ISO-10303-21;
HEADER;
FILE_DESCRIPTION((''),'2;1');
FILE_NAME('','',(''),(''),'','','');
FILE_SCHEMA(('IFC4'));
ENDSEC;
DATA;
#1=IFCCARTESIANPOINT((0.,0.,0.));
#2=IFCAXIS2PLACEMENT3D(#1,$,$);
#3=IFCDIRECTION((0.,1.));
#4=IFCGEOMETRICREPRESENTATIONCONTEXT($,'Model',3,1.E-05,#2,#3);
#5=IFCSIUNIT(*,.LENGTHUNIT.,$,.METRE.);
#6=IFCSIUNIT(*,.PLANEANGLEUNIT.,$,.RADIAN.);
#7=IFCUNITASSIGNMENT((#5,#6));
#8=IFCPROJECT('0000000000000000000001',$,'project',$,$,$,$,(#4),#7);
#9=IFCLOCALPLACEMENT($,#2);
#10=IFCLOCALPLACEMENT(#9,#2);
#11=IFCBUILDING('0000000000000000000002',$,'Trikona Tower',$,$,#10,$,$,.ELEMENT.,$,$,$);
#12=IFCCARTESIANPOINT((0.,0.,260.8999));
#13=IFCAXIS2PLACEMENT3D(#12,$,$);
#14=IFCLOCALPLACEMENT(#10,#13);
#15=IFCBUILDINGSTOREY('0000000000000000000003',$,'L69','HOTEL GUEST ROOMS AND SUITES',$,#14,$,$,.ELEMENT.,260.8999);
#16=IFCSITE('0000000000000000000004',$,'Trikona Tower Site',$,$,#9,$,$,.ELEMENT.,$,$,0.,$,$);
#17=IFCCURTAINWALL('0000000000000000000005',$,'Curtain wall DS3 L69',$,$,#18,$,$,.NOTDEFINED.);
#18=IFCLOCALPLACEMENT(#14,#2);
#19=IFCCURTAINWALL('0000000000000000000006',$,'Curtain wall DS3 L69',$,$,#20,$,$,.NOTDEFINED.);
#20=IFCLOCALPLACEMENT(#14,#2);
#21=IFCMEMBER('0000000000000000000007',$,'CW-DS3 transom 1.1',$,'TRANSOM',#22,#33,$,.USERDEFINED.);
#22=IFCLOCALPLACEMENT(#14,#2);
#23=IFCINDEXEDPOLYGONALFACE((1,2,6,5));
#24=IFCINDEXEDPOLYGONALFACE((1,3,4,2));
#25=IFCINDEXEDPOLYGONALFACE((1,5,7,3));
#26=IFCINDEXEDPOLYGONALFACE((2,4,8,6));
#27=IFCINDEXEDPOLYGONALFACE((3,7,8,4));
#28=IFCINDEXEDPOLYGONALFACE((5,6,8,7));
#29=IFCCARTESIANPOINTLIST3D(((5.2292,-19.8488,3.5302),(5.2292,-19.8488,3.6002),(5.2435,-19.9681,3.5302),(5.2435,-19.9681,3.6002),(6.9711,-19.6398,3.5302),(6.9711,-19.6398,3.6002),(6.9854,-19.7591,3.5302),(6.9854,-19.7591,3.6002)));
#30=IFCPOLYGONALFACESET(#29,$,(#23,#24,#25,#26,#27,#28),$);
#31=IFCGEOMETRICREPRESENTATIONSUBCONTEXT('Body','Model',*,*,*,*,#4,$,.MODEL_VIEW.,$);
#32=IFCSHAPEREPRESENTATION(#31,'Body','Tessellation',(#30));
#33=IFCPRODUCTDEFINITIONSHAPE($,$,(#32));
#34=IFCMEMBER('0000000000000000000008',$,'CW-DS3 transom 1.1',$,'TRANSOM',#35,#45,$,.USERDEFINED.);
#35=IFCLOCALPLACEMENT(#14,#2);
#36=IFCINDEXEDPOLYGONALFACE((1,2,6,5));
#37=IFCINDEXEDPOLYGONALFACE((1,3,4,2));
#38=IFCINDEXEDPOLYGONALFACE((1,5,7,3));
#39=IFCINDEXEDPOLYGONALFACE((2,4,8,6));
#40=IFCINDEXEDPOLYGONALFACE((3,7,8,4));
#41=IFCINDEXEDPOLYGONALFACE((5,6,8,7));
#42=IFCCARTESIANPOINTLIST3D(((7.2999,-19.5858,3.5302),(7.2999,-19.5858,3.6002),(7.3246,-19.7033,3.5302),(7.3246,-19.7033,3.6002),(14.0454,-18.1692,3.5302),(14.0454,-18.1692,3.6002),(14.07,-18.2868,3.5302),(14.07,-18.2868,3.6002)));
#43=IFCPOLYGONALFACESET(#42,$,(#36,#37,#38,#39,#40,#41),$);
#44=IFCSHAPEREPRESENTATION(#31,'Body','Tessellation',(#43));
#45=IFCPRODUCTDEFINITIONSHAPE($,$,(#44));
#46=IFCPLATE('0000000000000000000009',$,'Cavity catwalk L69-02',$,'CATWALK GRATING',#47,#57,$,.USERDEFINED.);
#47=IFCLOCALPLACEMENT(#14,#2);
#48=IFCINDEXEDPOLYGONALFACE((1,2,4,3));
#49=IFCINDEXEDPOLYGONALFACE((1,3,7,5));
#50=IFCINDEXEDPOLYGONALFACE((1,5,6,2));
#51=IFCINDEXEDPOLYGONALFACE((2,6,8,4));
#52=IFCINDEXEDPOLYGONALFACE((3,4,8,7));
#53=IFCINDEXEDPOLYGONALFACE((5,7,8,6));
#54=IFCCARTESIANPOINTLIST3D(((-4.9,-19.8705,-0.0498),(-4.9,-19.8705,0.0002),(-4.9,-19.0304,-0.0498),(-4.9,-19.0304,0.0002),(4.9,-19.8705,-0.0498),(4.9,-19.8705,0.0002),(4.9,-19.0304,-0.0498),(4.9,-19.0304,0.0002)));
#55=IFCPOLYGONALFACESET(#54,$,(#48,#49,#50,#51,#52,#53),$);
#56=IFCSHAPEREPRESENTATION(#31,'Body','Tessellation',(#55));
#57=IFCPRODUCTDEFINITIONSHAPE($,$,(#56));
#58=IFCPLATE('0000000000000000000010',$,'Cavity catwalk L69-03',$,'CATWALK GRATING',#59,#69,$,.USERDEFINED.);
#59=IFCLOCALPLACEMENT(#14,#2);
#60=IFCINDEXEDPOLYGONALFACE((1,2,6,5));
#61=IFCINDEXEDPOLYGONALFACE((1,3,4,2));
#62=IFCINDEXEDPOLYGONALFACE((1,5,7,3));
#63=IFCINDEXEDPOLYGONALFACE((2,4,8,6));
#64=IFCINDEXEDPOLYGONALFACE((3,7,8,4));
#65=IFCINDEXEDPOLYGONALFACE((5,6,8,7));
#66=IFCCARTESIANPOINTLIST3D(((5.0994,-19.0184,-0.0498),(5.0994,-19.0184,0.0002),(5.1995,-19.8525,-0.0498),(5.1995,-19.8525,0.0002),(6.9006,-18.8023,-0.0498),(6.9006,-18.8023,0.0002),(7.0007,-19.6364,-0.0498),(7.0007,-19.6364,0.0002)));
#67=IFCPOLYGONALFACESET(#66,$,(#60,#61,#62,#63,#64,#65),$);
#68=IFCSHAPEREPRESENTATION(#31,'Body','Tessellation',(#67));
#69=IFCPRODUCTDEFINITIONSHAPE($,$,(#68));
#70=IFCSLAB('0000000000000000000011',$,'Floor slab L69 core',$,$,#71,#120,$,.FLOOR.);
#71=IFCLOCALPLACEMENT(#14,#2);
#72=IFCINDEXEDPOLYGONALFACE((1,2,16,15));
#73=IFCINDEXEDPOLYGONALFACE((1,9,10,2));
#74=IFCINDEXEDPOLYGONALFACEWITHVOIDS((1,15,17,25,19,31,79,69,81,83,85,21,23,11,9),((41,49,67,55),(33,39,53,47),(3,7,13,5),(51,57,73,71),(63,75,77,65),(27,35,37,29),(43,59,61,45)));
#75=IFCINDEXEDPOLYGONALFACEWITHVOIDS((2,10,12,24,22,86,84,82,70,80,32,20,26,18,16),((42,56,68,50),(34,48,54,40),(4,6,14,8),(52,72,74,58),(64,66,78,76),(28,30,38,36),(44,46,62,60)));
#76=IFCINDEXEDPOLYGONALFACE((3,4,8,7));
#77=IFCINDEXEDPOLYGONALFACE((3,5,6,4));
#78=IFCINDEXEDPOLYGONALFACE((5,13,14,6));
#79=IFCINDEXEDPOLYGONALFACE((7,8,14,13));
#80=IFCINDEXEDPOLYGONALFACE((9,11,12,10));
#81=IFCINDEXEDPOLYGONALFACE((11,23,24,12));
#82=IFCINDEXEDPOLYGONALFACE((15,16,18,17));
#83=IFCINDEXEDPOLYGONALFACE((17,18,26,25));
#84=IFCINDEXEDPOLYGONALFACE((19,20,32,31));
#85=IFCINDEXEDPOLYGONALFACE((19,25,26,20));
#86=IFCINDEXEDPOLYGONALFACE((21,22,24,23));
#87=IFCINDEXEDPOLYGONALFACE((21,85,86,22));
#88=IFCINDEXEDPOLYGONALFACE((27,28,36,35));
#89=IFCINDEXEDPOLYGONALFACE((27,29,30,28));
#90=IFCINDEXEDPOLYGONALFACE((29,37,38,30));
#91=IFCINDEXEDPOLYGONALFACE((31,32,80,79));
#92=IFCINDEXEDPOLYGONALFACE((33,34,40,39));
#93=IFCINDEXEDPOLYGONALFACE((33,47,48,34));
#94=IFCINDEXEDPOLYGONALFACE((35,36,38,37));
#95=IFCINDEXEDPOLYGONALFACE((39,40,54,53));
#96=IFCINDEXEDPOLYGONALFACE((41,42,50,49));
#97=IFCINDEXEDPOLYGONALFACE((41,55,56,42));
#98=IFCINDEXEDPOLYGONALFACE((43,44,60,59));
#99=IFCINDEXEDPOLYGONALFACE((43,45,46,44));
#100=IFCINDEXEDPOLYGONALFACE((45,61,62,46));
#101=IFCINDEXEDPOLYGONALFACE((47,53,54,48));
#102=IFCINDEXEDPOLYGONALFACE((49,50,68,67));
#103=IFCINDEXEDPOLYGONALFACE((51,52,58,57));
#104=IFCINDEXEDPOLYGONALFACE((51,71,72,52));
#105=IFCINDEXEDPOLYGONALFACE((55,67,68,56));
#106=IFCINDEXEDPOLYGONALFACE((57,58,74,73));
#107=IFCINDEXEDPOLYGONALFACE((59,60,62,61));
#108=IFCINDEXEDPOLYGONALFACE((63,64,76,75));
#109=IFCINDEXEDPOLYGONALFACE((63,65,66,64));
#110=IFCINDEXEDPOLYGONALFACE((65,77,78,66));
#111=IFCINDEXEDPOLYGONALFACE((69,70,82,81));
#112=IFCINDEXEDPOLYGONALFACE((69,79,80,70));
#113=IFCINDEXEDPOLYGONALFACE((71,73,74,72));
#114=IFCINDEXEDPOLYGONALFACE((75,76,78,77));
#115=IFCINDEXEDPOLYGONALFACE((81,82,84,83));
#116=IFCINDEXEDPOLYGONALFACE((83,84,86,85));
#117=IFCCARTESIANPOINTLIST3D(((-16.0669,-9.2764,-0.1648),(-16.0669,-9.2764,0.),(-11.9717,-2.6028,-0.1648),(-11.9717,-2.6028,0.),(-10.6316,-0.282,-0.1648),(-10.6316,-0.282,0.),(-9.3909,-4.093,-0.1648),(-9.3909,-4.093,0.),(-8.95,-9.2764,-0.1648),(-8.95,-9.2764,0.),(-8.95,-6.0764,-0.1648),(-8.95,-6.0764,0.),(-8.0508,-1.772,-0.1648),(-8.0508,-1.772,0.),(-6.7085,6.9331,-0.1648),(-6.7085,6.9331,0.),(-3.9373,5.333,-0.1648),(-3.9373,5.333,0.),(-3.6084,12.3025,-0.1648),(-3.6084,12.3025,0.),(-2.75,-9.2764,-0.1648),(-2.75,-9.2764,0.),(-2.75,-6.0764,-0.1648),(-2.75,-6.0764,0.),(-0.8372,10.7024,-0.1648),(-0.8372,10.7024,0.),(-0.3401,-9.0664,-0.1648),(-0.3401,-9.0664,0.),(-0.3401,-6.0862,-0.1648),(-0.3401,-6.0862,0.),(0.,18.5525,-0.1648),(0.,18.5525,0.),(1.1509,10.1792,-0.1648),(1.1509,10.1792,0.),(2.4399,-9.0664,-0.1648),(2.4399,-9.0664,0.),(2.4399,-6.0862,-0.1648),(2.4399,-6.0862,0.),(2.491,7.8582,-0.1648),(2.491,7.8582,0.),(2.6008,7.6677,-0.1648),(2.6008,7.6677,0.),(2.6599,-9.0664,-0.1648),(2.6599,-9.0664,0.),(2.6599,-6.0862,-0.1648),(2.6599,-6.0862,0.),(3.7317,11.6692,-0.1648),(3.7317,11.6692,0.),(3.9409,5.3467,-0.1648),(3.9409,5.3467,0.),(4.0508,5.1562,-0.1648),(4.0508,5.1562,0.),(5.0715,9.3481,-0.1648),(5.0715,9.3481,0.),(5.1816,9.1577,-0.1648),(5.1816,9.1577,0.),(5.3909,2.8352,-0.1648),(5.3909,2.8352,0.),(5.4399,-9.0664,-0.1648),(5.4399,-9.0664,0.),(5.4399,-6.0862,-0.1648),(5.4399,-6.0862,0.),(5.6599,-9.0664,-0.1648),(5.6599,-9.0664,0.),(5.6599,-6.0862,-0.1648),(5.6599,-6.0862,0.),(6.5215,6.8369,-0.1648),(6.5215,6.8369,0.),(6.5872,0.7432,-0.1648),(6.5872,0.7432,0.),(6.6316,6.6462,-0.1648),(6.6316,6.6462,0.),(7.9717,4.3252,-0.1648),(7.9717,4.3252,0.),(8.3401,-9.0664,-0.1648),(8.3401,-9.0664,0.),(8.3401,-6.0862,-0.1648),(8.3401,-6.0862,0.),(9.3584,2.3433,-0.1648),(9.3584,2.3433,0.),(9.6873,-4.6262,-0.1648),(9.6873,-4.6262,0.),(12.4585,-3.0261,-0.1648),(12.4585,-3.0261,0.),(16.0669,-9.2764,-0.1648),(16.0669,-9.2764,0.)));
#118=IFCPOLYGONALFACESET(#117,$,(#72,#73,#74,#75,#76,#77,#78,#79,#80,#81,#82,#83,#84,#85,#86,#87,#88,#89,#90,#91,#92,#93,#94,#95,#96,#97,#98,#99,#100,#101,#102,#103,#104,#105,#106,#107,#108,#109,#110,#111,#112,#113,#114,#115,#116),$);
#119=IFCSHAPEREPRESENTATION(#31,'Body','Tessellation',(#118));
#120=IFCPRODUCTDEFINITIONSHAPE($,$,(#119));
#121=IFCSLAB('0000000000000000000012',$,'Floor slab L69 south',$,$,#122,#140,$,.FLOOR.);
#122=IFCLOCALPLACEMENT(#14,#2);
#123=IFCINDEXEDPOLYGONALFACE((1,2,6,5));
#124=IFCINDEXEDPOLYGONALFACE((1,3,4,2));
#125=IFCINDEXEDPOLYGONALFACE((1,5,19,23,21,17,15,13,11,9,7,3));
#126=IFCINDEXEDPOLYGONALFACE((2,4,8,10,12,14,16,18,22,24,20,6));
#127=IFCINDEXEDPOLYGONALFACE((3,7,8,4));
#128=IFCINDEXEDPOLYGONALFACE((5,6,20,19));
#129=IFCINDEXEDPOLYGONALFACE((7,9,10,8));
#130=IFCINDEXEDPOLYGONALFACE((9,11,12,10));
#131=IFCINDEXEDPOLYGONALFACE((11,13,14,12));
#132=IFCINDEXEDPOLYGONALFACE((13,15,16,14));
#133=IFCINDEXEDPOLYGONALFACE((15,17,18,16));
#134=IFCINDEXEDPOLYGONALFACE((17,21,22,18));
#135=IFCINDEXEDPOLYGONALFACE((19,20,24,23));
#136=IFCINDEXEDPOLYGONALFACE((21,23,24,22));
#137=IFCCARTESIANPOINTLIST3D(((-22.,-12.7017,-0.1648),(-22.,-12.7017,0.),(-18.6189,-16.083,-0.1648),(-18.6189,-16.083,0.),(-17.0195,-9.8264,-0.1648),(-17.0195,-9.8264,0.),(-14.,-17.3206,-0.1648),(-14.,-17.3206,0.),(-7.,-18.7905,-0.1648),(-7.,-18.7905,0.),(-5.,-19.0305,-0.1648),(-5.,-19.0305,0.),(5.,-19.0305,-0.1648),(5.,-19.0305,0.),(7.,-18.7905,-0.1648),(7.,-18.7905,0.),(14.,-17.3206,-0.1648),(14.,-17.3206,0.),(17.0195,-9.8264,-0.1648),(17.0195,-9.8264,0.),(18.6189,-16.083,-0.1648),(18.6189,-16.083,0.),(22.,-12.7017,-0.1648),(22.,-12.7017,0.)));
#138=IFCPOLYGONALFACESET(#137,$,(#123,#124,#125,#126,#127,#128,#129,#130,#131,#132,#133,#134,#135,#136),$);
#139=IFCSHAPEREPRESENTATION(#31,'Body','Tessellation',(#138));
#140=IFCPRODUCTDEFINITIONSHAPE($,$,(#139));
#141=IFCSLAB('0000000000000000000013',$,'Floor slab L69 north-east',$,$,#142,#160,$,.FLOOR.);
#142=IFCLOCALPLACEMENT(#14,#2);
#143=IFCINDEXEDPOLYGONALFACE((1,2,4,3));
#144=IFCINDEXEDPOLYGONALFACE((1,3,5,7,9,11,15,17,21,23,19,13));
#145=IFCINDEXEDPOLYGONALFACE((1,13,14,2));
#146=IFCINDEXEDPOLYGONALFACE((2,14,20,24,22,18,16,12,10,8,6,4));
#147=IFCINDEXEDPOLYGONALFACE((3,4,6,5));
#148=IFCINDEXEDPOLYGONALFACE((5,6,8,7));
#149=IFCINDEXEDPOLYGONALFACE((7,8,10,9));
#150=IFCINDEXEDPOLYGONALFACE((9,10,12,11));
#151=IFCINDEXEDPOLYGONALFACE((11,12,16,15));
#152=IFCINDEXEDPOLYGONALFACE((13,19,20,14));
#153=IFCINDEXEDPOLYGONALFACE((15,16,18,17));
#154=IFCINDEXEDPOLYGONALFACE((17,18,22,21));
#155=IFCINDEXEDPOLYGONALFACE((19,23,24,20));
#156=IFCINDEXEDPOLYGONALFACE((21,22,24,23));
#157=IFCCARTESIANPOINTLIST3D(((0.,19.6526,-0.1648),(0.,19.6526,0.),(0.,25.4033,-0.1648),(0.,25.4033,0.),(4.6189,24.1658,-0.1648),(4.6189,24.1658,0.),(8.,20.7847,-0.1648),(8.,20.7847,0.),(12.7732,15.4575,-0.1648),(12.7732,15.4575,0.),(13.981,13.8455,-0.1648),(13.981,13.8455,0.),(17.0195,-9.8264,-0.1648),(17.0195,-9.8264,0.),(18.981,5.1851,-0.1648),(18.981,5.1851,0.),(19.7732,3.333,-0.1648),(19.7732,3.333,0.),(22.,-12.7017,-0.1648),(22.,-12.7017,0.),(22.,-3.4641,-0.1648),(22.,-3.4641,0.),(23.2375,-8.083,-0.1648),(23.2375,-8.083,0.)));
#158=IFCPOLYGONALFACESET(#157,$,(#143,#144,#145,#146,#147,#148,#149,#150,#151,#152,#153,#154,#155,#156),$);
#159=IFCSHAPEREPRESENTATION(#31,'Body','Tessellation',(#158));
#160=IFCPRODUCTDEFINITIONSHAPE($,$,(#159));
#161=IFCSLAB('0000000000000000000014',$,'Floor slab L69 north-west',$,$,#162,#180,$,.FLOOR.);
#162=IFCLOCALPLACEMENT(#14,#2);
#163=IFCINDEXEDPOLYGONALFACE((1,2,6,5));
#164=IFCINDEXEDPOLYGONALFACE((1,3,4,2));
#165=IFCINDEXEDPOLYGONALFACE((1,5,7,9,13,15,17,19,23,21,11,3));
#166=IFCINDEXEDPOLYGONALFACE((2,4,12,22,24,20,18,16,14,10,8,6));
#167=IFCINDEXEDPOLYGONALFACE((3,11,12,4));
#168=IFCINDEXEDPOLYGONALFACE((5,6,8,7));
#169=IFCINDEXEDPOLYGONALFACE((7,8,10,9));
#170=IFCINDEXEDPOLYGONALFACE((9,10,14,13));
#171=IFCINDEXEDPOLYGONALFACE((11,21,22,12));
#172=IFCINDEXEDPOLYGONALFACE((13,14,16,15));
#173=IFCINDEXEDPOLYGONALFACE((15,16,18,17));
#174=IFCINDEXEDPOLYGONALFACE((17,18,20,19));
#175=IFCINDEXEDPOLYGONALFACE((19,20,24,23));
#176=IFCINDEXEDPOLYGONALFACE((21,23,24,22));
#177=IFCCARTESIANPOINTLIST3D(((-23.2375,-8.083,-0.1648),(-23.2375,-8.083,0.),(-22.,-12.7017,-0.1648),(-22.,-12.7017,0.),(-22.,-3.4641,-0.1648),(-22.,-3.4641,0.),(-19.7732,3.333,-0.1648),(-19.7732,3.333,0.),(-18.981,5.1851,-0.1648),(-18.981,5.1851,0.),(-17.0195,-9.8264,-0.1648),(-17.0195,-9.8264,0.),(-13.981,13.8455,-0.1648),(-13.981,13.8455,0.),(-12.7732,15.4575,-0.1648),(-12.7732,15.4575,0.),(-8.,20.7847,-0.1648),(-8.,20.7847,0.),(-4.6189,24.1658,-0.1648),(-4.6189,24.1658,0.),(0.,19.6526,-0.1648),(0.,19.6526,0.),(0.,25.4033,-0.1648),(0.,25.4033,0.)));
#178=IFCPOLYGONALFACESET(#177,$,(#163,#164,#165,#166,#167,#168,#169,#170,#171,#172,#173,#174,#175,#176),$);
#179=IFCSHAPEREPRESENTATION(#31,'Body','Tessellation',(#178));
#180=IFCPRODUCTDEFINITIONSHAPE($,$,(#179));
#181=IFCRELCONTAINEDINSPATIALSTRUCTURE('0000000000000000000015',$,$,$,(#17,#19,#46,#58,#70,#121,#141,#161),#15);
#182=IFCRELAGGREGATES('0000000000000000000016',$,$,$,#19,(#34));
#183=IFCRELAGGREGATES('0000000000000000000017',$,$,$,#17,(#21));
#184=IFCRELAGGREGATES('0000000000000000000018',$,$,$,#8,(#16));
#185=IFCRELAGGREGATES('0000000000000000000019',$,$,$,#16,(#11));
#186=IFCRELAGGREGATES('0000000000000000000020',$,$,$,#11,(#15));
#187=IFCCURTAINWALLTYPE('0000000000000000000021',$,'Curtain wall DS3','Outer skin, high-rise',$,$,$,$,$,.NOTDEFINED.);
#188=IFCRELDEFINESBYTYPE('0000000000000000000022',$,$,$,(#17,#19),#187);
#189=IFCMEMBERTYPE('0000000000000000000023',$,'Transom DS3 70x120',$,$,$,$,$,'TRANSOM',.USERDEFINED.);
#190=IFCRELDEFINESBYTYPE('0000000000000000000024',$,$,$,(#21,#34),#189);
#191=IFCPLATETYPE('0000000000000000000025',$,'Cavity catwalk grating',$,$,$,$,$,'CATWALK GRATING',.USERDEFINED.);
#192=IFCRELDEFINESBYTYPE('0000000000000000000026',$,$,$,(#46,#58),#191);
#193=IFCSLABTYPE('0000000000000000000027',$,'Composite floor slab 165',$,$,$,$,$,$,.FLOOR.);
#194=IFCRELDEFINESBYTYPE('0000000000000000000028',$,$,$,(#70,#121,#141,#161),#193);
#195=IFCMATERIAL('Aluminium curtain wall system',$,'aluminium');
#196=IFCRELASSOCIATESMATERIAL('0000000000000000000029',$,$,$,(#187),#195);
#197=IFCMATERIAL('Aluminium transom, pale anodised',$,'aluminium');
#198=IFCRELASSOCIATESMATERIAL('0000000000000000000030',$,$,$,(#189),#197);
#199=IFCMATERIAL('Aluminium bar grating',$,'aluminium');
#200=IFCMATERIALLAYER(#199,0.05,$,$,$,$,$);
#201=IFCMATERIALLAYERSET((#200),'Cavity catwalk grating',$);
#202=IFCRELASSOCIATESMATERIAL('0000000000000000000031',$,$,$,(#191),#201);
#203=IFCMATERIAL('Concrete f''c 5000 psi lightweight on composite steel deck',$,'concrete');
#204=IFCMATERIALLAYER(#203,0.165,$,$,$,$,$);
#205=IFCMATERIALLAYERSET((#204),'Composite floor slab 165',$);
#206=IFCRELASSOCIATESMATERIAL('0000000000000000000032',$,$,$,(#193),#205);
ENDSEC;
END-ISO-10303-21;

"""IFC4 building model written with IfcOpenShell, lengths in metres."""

from ifc_helpers import new_model, si_unit, direction, frame, origin, origin_2d, place, context, subcontext, project, spatial, polyline, rectangle, outline, extrude, material, layer, layer_set, material_profile, profile_set, type_object, element, aggregate, save


model = new_model("IFC4")

# Units and contexts
model_context = context("Model", 3, precision=1e-05, world=origin(), true_north=direction((0.0, 1.0)))
body_context = subcontext(model_context, "Body", "Model", "MODEL_VIEW")
ifc_project = project(units=[si_unit("LENGTHUNIT", "METRE"), si_unit("PLANEANGLEUNIT", "RADIAN")], contexts=[model_context])

# Site, building, storey
site_placement = place(None, origin())
site = spatial("IfcSite", under=ifc_project, at=site_placement, Name="Trikona Tower Site", CompositionType="ELEMENT", RefElevation=0.0)
building_placement = place(site_placement, origin())
building = spatial("IfcBuilding", under=site, at=building_placement, Name="Trikona Tower", CompositionType="ELEMENT")
storey_placement = place(building_placement, frame((0.0, 0.0, 260.8999)))
storey = spatial("IfcBuildingStorey", under=building, at=storey_placement, Name="L69", Description="HOTEL GUEST ROOMS AND SUITES", CompositionType="ELEMENT", Elevation=260.8999)

# Shared definitions
ifc_material_1 = material(Name="Aluminium curtain wall system", Category="aluminium")
curtain_wall_type = type_object("IfcCurtainWallType", Name="Curtain wall DS3", Description="Outer skin, high-rise", PredefinedType="NOTDEFINED", material=ifc_material_1)

# Curtain wall
curtain_wall_1_placement = place(storey_placement, origin())
curtain_wall_1 = element("IfcCurtainWall", 1, at=curtain_wall_1_placement, inside=storey, type_object=curtain_wall_type, Name="Curtain wall DS3 L69", PredefinedType="NOTDEFINED")

# Curtain wall
curtain_wall_2_placement = place(storey_placement, origin())
curtain_wall_2 = element("IfcCurtainWall", 2, at=curtain_wall_2_placement, inside=storey, type_object=curtain_wall_type, Name="Curtain wall DS3 L69", PredefinedType="NOTDEFINED")

# Members
ifc_material_2 = material(Name="Aluminium transom, pale anodised", Category="aluminium")
ifc_material_profile_1 = material_profile(ifc_material_2, rectangle(XDim=0.1201, YDim=0.0701, at=origin_2d()), Name="TRN-DS3")
ifc_profile_set_1 = profile_set([ifc_material_profile_1], Name="Aluminium transom, pale anodised")
member_type_1 = type_object("IfcMemberType", Name="Transom DS3 70x120", ElementType="TRANSOM", PredefinedType="USERDEFINED", material=ifc_profile_set_1)
member_1_placement = place(storey_placement, frame((5.2363, -19.9084, 3.5652), z_axis=(0.99288, 0.119118, 0.0), x_axis=(-0.119118, 0.99288, 0.0)))
member_1 = element("IfcMember", 3, at=member_1_placement, type_object=member_type_1, Name="CW-DS3 transom 1.1", ObjectType="TRANSOM", PredefinedType="USERDEFINED", context=body_context, shape_type="SweptSolid", body=[
    extrude(rectangle(XDim=0.1201, YDim=0.0701, at=origin_2d()), origin(), (0.0, 0.0, 1.0), 1.7544),
])
member_2_placement = place(storey_placement, frame((7.3123, -19.6445, 3.5652), z_axis=(0.978654, 0.205514, 0.0), x_axis=(-0.205514, 0.978654, 0.0)))
member_2 = element("IfcMember", 4, at=member_2_placement, type_object=member_type_1, Name="CW-DS3 transom 1.1", ObjectType="TRANSOM", PredefinedType="USERDEFINED", context=body_context, shape_type="SweptSolid", body=[
    extrude(rectangle(XDim=0.1201, YDim=0.0701, at=origin_2d()), origin(), (0.0, 0.0, 1.0), 6.8926),
])
aggregate(curtain_wall_2, [member_2])

# Plates
ifc_material_3 = material(Name="Aluminium bar grating", Category="aluminium")
ifc_layer_1 = layer(ifc_material_3, 0.05)
ifc_layer_set_1 = layer_set([ifc_layer_1], Name="Cavity catwalk grating")
plate_type_1 = type_object("IfcPlateType", Name="Cavity catwalk grating", ElementType="CATWALK GRATING", PredefinedType="USERDEFINED", material=ifc_layer_set_1)
plate_1_placement = place(storey_placement, frame((0.0, -19.4504, -0.0498), z_axis=(0.0, 0.0, 1.0), x_axis=(1.0, 0.0, 0.0)))
element("IfcPlate", 5, at=plate_1_placement, inside=storey, type_object=plate_type_1, Name="Cavity catwalk L69-02", ObjectType="CATWALK GRATING", PredefinedType="USERDEFINED", context=body_context, shape_type="SweptSolid", body=[
    extrude(rectangle(XDim=9.8, YDim=0.8401, at=origin_2d()), origin(), (0.0, 0.0, 1.0), 0.05),
])
plate_2_placement = place(storey_placement, frame((6.05, -19.3274, -0.0498), z_axis=(0.0, 0.0, 1.0), x_axis=(0.992877, 0.119146, 0.0)))
element("IfcPlate", 6, at=plate_2_placement, inside=storey, type_object=plate_type_1, Name="Cavity catwalk L69-03", ObjectType="CATWALK GRATING", PredefinedType="USERDEFINED", context=body_context, shape_type="SweptSolid", body=[
    extrude(rectangle(XDim=1.8142, YDim=0.8401, at=origin_2d()), origin(), (0.0, 0.0, 1.0), 0.05),
])

# Slabs
ifc_material_4 = material(Name="Concrete f'c 5000 psi lightweight on composite steel deck", Category="concrete")
ifc_layer_2 = layer(ifc_material_4, 0.165)
ifc_layer_set_2 = layer_set([ifc_layer_2], Name="Composite floor slab 165")
slab_type_1 = type_object("IfcSlabType", Name="Composite floor slab 165", PredefinedType="FLOOR", material=ifc_layer_set_2)
slab_1_placement = place(storey_placement, frame((0.0, 0.0, -0.1648)))
element("IfcSlab", 7, at=slab_1_placement, inside=storey, type_object=slab_type_1, Name="Floor slab L69 core", PredefinedType="FLOOR", context=body_context, shape_type="SweptSolid", body=[
    extrude(outline(polyline([(-16.0669, -9.2764), (-8.95, -9.2764), (-8.95, -6.0764), (-2.75, -6.0764), (-2.75, -9.2764), (16.0669, -9.2764), (12.4585, -3.0261), (9.6873, -4.6262), (6.5872, 0.7432), (9.3584, 2.3433), (0.0, 18.5525), (-3.6084, 12.3025), (-0.8372, 10.7024), (-3.9373, 5.333), (-6.7085, 6.9331), (-16.0669, -9.2764)]), holes=[polyline([(5.6599, -6.0862), (5.6599, -9.0664), (8.3401, -9.0664), (8.3401, -6.0862), (5.6599, -6.0862)]), polyline([(6.6316, 6.6462), (4.0508, 5.1562), (5.3909, 2.8352), (7.9717, 4.3252), (6.6316, 6.6462)]), polyline([(6.5215, 6.8369), (5.1816, 9.1577), (2.6008, 7.6677), (3.9409, 5.3467), (6.5215, 6.8369)]), polyline([(2.6599, -9.0664), (5.4399, -9.0664), (5.4399, -6.0862), (2.6599, -6.0862), (2.6599, -9.0664)]), polyline([(2.491, 7.8582), (5.0715, 9.3481), (3.7317, 11.6692), (1.1509, 10.1792), (2.491, 7.8582)]), polyline([(2.4399, -9.0664), (2.4399, -6.0862), (-0.3401, -6.0862), (-0.3401, -9.0664), (2.4399, -9.0664)]), polyline([(-11.9717, -2.6028), (-9.3909, -4.093), (-8.0508, -1.772), (-10.6316, -0.282), (-11.9717, -2.6028)])]), origin(), (0.0, 0.0, 1.0), 0.1648),
])
slab_2_placement = place(storey_placement, frame((0.0, 0.0, -0.1648)))
element("IfcSlab", 8, at=slab_2_placement, inside=storey, type_object=slab_type_1, Name="Floor slab L69 south", PredefinedType="FLOOR", context=body_context, shape_type="SweptSolid", body=[
    extrude(outline(polyline([(18.6189, -16.083), (22.0, -12.7017), (17.0195, -9.8264), (-17.0195, -9.8264), (-22.0, -12.7017), (-18.6189, -16.083), (-14.0, -17.3206), (-7.0, -18.7905), (-5.0, -19.0305), (5.0, -19.0305), (7.0, -18.7905), (14.0, -17.3206), (18.6189, -16.083)])), origin(), (0.0, 0.0, 1.0), 0.1648),
])
slab_3_placement = place(storey_placement, frame((0.0, 0.0, -0.1648)))
element("IfcSlab", 9, at=slab_3_placement, inside=storey, type_object=slab_type_1, Name="Floor slab L69 north-east", PredefinedType="FLOOR", context=body_context, shape_type="SweptSolid", body=[
    extrude(outline(polyline([(4.6189, 24.1658), (0.0, 25.4033), (0.0, 19.6526), (17.0195, -9.8264), (22.0, -12.7017), (23.2375, -8.083), (22.0, -3.4641), (19.7732, 3.333), (18.981, 5.1851), (13.981, 13.8455), (12.7732, 15.4575), (8.0, 20.7847), (4.6189, 24.1658)])), origin(), (0.0, 0.0, 1.0), 0.1648),
])
slab_4_placement = place(storey_placement, frame((0.0, 0.0, -0.1648)))
element("IfcSlab", 10, at=slab_4_placement, inside=storey, type_object=slab_type_1, Name="Floor slab L69 north-west", PredefinedType="FLOOR", context=body_context, shape_type="SweptSolid", body=[
    extrude(outline(polyline([(0.0, 19.6526), (0.0, 25.4033), (-4.6189, 24.1658), (-8.0, 20.7847), (-12.7732, 15.4575), (-13.981, 13.8455), (-18.981, 5.1851), (-19.7732, 3.333), (-22.0, -3.4641), (-23.2375, -8.083), (-22.0, -12.7017), (-17.0195, -9.8264), (0.0, 19.6526)])), origin(), (0.0, 0.0, 1.0), 0.1648),
])

aggregate(curtain_wall_1, [member_1])

save(model, "model.ifc")
